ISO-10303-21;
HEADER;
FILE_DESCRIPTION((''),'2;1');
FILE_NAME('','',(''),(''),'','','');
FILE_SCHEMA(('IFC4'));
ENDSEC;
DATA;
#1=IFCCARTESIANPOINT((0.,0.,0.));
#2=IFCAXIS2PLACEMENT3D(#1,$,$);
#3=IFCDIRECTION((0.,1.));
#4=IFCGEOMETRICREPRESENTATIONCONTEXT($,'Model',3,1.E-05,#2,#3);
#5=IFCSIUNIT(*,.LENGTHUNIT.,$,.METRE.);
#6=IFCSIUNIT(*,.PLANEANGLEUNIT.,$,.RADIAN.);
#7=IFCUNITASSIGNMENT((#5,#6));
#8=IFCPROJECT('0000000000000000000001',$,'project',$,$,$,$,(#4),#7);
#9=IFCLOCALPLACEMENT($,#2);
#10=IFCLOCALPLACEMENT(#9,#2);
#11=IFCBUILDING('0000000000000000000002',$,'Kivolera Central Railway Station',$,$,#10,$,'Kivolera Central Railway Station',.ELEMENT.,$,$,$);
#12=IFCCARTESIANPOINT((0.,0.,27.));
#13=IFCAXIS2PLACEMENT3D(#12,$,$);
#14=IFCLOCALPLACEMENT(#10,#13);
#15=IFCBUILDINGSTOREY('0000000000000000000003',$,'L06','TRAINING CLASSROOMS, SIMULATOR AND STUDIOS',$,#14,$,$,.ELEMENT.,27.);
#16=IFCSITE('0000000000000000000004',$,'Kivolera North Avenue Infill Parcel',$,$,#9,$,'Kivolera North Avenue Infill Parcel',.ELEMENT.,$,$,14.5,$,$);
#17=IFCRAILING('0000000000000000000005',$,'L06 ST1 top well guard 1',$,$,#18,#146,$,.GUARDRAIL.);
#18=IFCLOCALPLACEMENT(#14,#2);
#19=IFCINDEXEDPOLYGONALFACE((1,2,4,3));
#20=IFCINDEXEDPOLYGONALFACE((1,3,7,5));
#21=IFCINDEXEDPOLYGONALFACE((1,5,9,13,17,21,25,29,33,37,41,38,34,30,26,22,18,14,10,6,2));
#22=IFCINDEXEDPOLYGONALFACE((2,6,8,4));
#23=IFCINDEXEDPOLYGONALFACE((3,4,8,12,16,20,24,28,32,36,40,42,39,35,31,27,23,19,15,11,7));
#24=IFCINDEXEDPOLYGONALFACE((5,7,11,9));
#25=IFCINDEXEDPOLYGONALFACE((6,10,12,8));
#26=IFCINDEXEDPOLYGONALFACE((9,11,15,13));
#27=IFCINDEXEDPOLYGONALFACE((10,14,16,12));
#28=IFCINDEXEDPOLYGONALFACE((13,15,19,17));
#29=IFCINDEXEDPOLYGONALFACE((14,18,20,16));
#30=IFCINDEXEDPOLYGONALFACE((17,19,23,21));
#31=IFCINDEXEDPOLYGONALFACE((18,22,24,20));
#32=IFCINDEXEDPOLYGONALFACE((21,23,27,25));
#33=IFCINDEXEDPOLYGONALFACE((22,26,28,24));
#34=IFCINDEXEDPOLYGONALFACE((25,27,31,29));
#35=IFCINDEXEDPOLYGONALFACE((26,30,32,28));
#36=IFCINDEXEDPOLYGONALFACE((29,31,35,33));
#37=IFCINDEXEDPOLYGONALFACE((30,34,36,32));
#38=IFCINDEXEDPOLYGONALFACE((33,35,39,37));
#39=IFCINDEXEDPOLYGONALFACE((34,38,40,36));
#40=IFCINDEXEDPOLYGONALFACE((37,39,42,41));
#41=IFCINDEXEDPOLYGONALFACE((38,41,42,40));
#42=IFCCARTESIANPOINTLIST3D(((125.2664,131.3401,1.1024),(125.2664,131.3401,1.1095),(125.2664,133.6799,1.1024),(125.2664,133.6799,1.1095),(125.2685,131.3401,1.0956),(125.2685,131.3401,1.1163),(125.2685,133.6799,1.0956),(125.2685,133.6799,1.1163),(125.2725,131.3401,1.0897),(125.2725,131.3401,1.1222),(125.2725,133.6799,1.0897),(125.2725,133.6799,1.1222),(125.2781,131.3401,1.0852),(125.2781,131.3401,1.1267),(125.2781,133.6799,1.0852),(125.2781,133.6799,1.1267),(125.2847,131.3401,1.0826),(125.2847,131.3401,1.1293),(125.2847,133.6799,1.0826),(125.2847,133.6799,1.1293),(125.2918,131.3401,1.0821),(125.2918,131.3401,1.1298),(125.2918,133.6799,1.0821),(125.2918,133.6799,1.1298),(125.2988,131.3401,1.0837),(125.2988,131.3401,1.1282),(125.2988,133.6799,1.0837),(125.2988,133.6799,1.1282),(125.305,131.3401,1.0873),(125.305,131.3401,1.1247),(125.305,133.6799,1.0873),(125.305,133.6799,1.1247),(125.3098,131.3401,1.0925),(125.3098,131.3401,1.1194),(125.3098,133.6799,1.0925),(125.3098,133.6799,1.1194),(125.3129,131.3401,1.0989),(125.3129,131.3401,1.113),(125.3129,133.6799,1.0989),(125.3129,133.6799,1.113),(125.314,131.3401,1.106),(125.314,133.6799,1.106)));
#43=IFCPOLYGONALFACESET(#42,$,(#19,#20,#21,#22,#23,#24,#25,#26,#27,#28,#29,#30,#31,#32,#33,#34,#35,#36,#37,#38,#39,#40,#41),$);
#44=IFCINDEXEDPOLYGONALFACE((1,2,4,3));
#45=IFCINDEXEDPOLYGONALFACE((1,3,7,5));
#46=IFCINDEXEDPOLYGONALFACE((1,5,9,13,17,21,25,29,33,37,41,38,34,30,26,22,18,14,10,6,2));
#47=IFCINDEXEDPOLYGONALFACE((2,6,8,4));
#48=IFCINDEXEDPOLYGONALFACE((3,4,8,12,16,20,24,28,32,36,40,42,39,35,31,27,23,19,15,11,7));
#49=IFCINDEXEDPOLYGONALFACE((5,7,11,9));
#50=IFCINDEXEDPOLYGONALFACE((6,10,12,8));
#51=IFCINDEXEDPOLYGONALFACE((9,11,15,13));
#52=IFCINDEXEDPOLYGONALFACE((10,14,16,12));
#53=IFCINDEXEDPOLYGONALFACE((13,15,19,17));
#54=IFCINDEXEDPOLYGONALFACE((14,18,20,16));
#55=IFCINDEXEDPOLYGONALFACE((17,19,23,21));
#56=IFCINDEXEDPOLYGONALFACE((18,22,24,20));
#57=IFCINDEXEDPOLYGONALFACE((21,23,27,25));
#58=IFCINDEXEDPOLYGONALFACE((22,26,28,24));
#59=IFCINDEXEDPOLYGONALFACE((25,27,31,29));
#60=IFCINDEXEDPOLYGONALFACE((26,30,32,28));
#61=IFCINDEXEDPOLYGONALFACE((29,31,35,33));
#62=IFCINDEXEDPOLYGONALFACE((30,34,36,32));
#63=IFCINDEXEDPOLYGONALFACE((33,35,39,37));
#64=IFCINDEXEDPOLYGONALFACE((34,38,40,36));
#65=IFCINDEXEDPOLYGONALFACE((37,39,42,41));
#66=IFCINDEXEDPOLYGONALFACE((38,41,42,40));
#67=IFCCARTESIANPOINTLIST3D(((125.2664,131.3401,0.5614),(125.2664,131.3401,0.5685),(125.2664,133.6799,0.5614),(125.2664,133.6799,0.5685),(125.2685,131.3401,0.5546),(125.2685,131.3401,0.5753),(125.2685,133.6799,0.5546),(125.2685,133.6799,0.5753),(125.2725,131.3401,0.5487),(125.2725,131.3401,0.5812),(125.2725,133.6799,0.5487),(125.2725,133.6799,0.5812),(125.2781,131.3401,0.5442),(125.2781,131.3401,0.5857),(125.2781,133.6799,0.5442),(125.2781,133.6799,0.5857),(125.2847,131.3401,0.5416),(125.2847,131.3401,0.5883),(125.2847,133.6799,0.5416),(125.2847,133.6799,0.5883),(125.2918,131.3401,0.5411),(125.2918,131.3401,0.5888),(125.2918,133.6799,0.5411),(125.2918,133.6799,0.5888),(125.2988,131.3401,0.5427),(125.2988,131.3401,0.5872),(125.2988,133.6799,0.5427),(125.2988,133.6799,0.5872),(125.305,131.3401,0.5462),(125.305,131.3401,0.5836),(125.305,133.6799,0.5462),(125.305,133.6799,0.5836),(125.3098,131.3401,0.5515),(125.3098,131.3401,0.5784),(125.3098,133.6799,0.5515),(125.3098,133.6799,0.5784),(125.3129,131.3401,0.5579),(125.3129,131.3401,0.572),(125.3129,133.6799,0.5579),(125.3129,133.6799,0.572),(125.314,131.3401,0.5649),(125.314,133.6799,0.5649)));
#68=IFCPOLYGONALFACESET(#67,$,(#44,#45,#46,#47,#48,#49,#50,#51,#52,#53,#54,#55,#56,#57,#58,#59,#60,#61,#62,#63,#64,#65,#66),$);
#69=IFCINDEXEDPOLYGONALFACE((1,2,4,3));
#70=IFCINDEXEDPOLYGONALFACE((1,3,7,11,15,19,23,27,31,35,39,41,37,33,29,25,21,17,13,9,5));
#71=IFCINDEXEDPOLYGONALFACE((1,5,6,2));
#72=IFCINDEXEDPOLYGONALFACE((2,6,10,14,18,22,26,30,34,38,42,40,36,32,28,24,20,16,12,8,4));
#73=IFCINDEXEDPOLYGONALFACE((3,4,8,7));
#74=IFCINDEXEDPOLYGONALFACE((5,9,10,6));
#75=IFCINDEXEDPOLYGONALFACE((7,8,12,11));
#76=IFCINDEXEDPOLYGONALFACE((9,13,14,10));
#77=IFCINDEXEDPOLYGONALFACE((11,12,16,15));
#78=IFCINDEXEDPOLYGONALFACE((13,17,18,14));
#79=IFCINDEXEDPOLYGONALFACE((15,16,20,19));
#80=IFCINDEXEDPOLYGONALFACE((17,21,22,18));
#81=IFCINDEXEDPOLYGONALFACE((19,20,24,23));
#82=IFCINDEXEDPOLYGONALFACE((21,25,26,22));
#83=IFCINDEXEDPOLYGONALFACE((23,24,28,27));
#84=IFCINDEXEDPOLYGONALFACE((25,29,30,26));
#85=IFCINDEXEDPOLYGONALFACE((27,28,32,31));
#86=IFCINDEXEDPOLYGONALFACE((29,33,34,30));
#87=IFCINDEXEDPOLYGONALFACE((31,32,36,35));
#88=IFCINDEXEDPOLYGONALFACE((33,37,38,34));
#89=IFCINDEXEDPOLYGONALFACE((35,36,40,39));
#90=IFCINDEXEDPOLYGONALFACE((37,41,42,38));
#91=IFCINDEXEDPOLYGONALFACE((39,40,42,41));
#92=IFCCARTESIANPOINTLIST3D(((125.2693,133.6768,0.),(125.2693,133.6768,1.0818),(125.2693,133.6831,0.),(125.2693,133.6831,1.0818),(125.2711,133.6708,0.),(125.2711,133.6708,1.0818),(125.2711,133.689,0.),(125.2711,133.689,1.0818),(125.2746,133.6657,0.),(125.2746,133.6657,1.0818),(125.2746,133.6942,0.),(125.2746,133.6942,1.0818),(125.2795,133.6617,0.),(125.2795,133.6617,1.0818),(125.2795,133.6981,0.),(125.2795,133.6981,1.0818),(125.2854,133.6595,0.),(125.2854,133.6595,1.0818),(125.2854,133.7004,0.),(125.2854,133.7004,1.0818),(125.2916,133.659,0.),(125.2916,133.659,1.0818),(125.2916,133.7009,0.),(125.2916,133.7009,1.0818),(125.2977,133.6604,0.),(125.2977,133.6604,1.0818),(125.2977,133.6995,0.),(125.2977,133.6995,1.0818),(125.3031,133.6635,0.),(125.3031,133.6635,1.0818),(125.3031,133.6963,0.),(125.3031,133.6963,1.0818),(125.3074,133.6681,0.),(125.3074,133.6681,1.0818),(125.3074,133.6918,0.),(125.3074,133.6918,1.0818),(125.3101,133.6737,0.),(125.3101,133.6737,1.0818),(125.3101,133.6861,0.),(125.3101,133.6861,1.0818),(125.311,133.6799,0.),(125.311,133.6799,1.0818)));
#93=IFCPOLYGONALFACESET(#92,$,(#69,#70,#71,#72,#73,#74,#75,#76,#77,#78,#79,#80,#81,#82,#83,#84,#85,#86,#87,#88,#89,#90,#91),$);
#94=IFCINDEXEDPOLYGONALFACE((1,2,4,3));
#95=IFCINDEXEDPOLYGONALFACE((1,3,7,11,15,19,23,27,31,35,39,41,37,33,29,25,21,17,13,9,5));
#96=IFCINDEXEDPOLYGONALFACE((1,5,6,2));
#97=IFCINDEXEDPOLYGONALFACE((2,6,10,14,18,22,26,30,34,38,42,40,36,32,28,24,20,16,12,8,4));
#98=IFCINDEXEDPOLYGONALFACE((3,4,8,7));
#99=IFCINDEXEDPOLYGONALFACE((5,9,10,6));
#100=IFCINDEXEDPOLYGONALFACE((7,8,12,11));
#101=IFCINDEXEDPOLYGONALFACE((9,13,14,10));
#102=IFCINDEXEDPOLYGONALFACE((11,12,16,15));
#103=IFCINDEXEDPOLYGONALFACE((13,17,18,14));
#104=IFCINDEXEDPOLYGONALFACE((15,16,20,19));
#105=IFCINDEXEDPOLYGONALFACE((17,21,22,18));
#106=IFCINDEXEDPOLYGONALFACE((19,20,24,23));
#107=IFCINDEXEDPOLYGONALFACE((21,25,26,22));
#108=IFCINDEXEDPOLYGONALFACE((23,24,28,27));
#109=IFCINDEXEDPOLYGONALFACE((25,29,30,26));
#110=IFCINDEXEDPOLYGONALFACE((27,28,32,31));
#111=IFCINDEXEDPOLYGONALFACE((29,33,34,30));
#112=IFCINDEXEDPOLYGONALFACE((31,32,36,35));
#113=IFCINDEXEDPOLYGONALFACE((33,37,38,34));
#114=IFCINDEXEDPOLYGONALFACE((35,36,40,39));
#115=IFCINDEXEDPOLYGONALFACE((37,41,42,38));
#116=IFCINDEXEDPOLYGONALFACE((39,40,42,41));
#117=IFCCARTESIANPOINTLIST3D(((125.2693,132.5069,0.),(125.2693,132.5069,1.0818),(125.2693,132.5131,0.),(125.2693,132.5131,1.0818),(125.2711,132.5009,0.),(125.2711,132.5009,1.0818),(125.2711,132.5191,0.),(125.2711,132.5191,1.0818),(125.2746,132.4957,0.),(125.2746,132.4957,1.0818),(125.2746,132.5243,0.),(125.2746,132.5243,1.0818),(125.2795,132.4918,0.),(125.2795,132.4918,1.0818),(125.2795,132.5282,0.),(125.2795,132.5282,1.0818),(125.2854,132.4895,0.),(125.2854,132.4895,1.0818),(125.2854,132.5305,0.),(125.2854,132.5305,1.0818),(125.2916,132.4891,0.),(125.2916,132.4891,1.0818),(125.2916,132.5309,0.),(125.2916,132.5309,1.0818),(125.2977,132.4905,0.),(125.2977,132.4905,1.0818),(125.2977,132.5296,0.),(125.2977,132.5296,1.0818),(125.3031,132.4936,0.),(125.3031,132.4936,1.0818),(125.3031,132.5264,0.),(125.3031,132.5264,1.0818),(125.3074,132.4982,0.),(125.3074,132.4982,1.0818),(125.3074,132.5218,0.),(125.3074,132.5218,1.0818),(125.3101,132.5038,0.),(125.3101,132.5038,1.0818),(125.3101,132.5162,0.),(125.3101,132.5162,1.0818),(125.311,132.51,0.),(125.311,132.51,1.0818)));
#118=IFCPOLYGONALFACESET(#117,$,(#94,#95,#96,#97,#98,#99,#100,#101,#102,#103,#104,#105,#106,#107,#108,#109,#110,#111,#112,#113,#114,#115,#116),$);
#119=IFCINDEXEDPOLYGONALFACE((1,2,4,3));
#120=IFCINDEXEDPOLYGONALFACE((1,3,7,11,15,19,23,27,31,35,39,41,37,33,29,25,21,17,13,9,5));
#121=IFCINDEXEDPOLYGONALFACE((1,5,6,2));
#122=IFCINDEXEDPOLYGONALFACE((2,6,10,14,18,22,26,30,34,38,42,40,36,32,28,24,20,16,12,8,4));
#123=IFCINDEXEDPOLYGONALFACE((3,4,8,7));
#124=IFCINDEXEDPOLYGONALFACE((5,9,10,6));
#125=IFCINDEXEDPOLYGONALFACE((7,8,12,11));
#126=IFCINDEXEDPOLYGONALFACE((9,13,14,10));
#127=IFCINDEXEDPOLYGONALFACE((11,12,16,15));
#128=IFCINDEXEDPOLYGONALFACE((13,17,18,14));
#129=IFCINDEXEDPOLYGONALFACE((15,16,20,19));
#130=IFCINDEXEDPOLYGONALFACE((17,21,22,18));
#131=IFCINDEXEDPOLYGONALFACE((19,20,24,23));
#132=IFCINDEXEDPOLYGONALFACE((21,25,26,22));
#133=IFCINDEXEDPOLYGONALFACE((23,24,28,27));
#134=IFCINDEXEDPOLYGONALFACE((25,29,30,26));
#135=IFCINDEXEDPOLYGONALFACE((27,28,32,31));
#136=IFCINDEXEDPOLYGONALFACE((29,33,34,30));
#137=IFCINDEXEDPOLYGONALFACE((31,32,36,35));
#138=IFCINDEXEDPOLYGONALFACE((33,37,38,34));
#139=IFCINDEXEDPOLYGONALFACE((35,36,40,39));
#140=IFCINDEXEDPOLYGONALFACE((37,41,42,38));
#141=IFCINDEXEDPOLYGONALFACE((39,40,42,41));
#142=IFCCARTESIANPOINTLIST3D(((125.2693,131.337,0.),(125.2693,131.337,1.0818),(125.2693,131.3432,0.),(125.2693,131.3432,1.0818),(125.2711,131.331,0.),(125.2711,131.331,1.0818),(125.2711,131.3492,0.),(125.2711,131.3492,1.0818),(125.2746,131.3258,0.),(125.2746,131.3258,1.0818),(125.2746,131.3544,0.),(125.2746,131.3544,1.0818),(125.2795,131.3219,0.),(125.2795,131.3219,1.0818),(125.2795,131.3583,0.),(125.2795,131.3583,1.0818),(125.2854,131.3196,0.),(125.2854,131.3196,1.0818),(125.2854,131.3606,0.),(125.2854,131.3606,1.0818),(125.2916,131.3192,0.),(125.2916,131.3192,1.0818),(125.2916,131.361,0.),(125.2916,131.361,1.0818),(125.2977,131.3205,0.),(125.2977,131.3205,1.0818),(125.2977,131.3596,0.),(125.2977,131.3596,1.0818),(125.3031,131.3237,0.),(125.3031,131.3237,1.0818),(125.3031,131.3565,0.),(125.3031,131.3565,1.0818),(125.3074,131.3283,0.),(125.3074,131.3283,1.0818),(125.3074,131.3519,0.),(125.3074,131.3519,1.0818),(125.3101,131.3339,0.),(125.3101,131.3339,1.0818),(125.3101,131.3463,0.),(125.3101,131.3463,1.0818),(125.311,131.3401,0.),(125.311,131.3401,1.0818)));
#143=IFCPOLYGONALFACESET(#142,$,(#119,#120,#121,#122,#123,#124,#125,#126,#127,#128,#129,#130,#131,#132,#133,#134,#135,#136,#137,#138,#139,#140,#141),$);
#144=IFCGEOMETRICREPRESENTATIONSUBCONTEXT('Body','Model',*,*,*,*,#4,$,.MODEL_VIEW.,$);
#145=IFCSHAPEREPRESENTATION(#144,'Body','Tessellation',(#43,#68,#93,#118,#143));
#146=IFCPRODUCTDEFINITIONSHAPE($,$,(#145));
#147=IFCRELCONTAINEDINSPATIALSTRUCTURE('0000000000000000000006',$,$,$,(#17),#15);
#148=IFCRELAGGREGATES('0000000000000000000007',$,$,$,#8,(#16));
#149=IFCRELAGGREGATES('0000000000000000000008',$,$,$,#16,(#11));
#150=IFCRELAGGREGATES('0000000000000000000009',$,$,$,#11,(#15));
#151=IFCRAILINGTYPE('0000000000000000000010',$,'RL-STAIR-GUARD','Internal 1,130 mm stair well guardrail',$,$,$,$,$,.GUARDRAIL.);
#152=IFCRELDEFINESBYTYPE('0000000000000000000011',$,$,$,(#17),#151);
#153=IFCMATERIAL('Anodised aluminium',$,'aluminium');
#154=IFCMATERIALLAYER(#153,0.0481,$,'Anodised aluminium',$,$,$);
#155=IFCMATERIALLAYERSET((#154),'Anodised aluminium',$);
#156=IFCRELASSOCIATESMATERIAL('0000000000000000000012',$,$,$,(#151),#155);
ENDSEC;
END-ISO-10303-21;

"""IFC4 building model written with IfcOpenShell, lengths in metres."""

from ifc_helpers import new_model, si_unit, direction, frame, origin, origin_2d, place, context, subcontext, project, spatial, circle, extrude, material, layer, layer_set, type_object, element, save


model = new_model("IFC4")

# Units and contexts
model_context = context("Model", 3, precision=1e-05, world=origin(), true_north=direction((0.0, 1.0)))
body_context = subcontext(model_context, "Body", "Model", "MODEL_VIEW")
ifc_project = project(units=[si_unit("LENGTHUNIT", "METRE"), si_unit("PLANEANGLEUNIT", "RADIAN")], contexts=[model_context])

# Site, building, storey
site_placement = place(None, origin())
site = spatial("IfcSite", under=ifc_project, at=site_placement, Name="Kivolera North Avenue Infill Parcel", LongName="Kivolera North Avenue Infill Parcel", CompositionType="ELEMENT", RefElevation=14.5)
building_placement = place(site_placement, origin())
building = spatial("IfcBuilding", under=site, at=building_placement, Name="Kivolera Central Railway Station", LongName="Kivolera Central Railway Station", CompositionType="ELEMENT")
storey_placement = place(building_placement, frame((0.0, 0.0, 27.0)))
storey = spatial("IfcBuildingStorey", under=building, at=storey_placement, Name="L06", Description="TRAINING CLASSROOMS, SIMULATOR AND STUDIOS", CompositionType="ELEMENT", Elevation=27.0)

# Shared definitions
ifc_material_1 = material(Name="Anodised aluminium", Category="aluminium")

# Railing
ifc_layer_1 = layer(ifc_material_1, 0.0481, Name="Anodised aluminium")
ifc_layer_set_1 = layer_set([ifc_layer_1], Name="Anodised aluminium")
railing_type = type_object("IfcRailingType", Name="RL-STAIR-GUARD", Description="Internal 1,130 mm stair well guardrail", PredefinedType="GUARDRAIL", material=ifc_layer_set_1)
railing_placement = place(storey_placement, frame((125.29, 133.6799, 0.0)))
element("IfcRailing", 1, at=railing_placement, inside=storey, type_object=railing_type, Name="L06 ST1 top well guard 1", PredefinedType="GUARDRAIL", context=body_context, shape_type="SweptSolid", body=[
    extrude(circle(Radius=0.0239, at=origin_2d()), frame((0.0, 0.0, 1.106), z_axis=(0.0, -1.0, 0.0), x_axis=(1.0, 0.0, 0.0)), (0.0, 0.0, 1.0), 2.3398),
    extrude(circle(Radius=0.0239, at=origin_2d()), frame((0.0, 0.0, 0.5649), z_axis=(0.0, -1.0, 0.0), x_axis=(1.0, 0.0, 0.0)), (0.0, 0.0, 1.0), 2.3398),
    extrude(circle(Radius=0.021, at=origin_2d()), origin(), (0.0, 0.0, 1.0), 1.0818),
    extrude(circle(Radius=0.021, at=origin_2d()), frame((0.0, -1.1699, 0.0)), (0.0, 0.0, 1.0), 1.0818),
    extrude(circle(Radius=0.021, at=origin_2d()), frame((0.0, -2.3398, 0.0)), (0.0, 0.0, 1.0), 1.0818),
])

save(model, "model.ifc")
